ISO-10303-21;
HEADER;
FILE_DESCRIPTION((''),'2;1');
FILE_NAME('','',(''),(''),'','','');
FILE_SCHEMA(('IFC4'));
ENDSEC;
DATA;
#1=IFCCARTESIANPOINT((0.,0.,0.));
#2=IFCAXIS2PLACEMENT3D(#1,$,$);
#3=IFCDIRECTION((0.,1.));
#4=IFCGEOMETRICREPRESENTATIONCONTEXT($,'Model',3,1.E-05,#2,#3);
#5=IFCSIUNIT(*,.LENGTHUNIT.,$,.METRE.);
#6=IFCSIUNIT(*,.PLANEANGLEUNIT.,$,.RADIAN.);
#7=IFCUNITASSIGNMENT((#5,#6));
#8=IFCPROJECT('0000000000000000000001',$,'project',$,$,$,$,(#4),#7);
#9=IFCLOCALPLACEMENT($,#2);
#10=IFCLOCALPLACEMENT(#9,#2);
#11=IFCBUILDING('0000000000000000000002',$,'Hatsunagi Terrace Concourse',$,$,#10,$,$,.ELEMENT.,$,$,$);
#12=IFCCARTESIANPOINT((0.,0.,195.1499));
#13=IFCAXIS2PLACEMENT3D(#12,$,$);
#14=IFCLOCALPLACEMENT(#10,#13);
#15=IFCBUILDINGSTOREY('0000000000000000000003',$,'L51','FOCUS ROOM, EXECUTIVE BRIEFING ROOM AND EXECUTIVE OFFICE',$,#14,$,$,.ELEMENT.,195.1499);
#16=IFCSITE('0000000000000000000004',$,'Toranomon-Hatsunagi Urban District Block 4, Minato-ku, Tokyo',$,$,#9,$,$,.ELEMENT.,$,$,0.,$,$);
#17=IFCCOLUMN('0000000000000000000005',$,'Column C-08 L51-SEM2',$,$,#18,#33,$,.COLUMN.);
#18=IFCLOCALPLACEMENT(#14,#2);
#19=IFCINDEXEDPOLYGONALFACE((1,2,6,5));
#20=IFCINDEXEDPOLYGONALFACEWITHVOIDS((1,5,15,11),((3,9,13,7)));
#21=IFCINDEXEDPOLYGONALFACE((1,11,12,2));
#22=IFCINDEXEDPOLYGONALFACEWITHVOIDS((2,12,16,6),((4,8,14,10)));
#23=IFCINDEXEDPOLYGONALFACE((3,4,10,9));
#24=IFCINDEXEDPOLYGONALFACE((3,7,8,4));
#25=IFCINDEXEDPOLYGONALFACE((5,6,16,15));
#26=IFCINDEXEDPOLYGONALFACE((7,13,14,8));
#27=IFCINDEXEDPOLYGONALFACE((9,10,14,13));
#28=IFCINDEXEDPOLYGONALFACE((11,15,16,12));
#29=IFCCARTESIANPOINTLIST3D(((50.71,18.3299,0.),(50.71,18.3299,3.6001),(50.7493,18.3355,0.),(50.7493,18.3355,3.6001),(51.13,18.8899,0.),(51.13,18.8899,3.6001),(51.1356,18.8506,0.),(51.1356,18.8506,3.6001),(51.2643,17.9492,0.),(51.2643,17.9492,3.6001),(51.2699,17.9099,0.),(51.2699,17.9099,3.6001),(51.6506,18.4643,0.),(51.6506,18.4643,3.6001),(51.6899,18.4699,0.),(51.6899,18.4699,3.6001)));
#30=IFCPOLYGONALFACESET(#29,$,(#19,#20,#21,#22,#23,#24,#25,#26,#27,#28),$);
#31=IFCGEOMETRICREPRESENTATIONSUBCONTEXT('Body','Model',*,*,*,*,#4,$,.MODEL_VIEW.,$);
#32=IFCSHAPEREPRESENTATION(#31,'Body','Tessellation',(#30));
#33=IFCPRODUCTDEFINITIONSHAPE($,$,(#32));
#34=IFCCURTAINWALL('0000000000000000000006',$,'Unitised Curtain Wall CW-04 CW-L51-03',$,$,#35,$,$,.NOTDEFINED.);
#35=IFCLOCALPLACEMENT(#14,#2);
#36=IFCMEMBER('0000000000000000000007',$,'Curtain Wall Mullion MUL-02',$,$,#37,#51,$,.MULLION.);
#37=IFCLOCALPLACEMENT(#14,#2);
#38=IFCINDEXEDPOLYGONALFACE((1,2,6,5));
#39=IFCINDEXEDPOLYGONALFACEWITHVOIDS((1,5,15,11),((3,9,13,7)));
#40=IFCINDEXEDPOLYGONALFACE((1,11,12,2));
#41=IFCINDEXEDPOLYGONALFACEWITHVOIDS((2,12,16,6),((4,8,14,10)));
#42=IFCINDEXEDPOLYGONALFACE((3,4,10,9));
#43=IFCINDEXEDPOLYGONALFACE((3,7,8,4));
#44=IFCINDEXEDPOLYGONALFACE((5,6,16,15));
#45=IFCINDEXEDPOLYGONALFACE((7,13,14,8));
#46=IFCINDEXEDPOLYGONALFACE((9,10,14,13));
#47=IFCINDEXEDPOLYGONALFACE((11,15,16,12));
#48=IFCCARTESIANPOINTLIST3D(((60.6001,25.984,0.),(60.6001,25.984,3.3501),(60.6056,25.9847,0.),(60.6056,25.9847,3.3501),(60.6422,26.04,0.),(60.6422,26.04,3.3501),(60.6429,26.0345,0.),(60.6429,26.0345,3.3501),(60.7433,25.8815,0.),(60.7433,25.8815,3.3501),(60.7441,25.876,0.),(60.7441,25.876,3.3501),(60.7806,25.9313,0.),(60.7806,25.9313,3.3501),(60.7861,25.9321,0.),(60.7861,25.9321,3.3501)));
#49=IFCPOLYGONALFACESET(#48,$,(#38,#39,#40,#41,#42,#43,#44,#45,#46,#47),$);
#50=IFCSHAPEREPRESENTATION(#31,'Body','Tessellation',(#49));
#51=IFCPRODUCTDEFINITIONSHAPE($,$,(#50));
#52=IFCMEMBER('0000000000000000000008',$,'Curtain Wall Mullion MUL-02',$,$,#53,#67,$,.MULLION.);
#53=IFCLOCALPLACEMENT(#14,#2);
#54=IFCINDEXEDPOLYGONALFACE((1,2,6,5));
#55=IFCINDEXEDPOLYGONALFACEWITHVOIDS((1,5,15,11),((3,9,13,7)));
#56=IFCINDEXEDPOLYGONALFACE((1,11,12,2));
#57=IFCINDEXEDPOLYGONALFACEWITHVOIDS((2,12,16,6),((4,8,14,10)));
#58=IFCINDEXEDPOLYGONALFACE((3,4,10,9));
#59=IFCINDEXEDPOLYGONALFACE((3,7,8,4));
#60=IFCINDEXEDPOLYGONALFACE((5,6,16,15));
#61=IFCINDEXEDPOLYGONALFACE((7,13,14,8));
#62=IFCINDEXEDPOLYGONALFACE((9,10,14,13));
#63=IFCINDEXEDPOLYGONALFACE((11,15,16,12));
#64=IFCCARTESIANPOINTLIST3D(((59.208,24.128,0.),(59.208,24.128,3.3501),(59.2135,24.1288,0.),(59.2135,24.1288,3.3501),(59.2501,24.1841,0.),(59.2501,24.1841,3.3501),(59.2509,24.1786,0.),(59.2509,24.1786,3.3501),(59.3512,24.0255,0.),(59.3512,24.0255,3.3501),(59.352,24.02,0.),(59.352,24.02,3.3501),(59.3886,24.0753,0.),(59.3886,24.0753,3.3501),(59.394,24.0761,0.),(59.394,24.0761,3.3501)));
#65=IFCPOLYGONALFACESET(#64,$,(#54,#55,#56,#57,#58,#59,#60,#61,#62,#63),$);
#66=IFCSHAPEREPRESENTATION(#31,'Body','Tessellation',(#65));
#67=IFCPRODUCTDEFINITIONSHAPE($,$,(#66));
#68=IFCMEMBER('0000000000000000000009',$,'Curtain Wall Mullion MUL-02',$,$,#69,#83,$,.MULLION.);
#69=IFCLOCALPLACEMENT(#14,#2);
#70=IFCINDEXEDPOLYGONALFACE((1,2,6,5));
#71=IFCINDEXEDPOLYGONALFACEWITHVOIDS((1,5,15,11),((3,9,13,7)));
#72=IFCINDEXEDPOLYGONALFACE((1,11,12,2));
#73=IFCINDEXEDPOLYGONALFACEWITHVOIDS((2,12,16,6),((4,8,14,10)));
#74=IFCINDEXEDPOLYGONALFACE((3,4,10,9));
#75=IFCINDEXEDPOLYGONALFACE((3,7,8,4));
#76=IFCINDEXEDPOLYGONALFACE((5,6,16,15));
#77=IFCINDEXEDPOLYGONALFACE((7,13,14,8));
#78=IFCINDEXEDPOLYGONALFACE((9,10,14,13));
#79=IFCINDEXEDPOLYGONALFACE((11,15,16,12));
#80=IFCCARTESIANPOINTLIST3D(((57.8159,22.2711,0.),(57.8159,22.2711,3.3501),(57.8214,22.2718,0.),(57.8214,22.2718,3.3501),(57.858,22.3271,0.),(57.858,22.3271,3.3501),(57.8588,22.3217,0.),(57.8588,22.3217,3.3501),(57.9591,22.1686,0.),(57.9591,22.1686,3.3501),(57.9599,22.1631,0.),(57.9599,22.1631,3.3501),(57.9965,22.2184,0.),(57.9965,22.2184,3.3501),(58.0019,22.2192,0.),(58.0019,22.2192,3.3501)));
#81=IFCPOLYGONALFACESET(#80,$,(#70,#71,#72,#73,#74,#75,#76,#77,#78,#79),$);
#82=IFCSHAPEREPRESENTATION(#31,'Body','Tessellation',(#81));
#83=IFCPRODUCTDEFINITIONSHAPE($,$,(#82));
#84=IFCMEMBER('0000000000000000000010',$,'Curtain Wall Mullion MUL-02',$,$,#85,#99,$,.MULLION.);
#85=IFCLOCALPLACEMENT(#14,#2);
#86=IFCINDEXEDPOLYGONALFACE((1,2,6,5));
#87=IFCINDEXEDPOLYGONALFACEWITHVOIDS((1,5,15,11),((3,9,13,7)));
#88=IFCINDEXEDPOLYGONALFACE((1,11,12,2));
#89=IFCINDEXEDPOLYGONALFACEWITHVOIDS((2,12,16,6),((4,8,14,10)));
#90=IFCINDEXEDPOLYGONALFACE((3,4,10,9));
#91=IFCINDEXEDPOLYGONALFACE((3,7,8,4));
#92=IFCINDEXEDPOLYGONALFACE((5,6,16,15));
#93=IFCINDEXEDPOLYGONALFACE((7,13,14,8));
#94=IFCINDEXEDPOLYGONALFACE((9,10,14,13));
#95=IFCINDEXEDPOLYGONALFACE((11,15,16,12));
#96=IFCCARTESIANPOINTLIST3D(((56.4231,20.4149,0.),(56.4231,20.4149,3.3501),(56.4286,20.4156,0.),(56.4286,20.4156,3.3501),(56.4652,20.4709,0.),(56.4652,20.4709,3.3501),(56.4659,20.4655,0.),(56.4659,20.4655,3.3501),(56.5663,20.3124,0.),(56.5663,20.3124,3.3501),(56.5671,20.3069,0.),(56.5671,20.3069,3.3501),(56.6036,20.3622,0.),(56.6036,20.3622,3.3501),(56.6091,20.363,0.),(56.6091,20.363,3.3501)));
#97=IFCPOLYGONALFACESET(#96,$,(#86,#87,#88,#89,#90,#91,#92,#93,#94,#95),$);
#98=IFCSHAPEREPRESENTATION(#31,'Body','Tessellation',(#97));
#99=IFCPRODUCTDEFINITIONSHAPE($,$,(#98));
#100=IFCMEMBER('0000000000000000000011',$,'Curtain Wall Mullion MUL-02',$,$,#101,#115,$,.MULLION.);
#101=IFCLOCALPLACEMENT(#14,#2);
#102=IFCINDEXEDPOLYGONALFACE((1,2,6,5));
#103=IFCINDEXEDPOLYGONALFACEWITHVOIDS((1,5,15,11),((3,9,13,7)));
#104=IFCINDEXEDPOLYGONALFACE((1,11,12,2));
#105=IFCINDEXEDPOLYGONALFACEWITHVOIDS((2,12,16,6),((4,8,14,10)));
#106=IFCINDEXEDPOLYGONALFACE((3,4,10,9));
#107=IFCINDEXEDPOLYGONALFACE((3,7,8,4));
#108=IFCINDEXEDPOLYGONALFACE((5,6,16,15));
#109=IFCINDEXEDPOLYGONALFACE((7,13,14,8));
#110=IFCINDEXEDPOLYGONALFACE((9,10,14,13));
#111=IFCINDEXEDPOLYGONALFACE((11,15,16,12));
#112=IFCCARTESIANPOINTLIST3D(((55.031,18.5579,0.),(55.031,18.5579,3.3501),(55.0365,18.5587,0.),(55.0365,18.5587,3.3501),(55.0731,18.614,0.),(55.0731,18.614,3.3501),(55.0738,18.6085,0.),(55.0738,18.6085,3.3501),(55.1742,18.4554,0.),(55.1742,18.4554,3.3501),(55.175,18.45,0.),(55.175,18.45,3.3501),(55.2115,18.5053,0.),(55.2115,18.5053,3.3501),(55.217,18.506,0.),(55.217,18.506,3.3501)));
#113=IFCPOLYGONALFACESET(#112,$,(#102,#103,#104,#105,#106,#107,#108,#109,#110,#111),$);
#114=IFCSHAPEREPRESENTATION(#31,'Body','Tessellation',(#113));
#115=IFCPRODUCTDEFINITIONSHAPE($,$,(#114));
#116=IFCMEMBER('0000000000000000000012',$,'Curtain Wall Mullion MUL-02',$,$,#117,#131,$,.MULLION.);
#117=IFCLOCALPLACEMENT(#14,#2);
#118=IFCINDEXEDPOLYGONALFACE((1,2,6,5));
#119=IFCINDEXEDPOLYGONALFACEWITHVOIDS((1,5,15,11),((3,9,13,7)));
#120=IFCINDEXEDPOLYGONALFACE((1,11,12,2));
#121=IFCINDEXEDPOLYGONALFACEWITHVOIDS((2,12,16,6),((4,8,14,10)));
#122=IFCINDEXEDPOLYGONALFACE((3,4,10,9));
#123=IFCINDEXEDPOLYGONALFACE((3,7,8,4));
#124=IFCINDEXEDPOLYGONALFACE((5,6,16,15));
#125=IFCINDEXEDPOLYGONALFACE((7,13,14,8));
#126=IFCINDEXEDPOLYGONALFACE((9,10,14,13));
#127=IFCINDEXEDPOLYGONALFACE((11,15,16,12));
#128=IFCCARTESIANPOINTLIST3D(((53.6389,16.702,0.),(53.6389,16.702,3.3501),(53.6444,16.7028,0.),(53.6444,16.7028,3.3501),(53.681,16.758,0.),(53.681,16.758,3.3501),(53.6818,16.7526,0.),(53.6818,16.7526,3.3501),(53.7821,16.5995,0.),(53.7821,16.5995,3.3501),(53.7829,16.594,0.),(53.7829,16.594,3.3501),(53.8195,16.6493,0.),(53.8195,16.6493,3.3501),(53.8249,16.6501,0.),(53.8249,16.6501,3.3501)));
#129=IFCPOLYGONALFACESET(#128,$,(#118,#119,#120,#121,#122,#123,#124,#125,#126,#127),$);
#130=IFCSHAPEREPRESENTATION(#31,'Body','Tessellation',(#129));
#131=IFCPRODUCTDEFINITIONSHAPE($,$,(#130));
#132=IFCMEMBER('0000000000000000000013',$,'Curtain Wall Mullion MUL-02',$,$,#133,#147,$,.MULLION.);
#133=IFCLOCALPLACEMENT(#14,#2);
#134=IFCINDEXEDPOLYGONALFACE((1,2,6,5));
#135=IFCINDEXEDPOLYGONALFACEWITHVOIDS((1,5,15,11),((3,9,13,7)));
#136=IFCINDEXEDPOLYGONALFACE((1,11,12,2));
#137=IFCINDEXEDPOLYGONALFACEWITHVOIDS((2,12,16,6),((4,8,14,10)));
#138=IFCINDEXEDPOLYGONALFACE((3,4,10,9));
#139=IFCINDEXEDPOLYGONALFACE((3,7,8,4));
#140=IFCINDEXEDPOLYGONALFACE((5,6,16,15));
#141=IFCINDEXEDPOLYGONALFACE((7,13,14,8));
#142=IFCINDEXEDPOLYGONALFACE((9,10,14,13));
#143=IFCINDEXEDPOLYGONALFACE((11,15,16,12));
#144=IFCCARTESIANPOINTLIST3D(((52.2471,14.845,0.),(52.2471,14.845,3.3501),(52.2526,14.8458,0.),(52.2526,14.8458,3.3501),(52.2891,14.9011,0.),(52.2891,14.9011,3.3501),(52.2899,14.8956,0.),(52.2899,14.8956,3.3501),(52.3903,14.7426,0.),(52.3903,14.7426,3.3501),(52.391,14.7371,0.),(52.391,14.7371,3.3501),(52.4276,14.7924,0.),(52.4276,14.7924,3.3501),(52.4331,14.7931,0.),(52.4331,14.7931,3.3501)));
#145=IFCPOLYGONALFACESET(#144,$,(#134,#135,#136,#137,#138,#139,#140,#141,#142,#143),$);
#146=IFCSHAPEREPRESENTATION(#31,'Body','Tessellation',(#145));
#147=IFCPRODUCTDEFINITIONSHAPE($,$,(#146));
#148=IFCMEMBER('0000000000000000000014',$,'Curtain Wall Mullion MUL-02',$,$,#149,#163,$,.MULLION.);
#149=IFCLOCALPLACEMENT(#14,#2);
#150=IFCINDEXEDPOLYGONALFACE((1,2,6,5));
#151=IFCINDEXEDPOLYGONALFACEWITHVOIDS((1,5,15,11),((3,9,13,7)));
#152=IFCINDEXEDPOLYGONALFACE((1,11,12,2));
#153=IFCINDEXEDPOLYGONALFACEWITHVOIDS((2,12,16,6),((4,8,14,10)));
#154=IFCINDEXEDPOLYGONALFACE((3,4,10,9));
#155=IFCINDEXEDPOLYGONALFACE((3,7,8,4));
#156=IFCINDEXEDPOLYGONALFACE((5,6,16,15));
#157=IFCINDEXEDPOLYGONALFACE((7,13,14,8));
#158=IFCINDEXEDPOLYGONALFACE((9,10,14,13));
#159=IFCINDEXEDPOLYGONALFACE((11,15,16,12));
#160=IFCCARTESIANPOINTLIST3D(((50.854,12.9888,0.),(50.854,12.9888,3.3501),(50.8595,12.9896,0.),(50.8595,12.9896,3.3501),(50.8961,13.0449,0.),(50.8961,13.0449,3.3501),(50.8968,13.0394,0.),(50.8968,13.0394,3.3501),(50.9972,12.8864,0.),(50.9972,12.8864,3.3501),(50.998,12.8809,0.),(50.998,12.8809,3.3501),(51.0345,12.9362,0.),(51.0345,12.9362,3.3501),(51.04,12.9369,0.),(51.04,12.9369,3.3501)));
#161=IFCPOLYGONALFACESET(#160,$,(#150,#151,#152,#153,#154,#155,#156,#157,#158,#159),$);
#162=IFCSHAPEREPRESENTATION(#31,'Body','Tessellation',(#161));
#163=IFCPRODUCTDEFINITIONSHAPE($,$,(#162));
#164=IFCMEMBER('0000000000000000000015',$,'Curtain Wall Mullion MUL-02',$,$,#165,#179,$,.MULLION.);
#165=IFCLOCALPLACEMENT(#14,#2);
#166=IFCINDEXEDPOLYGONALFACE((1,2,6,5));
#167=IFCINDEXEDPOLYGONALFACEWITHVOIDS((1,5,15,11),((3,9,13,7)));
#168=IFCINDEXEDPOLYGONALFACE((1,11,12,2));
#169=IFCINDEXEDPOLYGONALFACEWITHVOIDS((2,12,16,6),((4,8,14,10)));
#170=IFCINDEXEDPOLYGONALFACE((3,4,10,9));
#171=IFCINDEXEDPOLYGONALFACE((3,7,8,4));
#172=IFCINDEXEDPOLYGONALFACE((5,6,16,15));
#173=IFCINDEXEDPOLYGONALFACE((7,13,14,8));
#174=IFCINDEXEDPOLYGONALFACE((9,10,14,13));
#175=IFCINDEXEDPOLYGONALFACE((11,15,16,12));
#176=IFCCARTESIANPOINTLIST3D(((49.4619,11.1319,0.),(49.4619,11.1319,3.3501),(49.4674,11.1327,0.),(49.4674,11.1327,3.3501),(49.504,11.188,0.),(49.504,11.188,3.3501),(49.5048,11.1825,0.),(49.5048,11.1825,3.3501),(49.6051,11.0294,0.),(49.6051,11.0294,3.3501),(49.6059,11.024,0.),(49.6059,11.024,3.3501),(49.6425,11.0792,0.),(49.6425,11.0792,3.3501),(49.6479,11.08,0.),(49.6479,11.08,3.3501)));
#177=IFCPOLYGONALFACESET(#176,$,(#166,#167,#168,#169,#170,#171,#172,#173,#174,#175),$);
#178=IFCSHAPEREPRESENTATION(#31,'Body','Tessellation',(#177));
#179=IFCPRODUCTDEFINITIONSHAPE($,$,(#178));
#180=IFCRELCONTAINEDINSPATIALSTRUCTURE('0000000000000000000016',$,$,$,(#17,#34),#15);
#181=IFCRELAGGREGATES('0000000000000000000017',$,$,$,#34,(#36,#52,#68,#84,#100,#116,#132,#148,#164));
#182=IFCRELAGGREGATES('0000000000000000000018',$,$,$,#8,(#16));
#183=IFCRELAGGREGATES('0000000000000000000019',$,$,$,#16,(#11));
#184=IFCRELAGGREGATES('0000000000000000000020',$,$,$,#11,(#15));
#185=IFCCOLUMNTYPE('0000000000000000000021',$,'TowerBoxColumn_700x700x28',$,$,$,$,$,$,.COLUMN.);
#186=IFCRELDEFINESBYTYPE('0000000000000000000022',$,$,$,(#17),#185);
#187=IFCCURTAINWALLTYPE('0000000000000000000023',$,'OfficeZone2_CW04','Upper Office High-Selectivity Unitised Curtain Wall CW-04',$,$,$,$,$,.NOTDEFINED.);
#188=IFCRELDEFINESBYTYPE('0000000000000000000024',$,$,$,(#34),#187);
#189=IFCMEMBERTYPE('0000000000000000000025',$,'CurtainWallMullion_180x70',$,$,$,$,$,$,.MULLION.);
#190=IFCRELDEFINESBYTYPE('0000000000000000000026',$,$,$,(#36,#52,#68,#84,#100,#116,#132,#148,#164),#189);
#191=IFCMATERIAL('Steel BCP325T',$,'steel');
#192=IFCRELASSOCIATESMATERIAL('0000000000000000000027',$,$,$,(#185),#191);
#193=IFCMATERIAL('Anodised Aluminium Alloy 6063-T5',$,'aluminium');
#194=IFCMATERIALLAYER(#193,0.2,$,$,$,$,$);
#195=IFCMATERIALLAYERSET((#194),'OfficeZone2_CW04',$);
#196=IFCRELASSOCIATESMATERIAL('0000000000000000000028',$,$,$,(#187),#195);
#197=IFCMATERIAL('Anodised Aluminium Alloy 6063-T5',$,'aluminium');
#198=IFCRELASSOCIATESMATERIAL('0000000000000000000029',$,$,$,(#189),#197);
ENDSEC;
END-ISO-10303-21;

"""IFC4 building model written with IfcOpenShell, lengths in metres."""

from ifc_helpers import new_model, si_unit, direction, frame, origin, origin_2d, place, context, subcontext, project, spatial, hollow_rectangle, extrude, material, layer, layer_set, material_profile, profile_set, type_object, element, aggregate, save


model = new_model("IFC4")

# Units and contexts
model_context = context("Model", 3, precision=1e-05, world=origin(), true_north=direction((0.0, 1.0)))
body_context = subcontext(model_context, "Body", "Model", "MODEL_VIEW")
ifc_project = project(units=[si_unit("LENGTHUNIT", "METRE"), si_unit("PLANEANGLEUNIT", "RADIAN")], contexts=[model_context])

# Site, building, storey
site_placement = place(None, origin())
site = spatial("IfcSite", under=ifc_project, at=site_placement, Name="Toranomon-Hatsunagi Urban District Block 4, Minato-ku, Tokyo", CompositionType="ELEMENT", RefElevation=0.0)
building_placement = place(site_placement, origin())
building = spatial("IfcBuilding", under=site, at=building_placement, Name="Hatsunagi Terrace Concourse", CompositionType="ELEMENT")
storey_placement = place(building_placement, frame((0.0, 0.0, 195.1499)))
storey = spatial("IfcBuildingStorey", under=building, at=storey_placement, Name="L51", Description="FOCUS ROOM, EXECUTIVE BRIEFING ROOM AND EXECUTIVE OFFICE", CompositionType="ELEMENT", Elevation=195.1499)

# Column
ifc_material_1 = material(Name="Steel BCP325T", Category="steel")
ifc_material_profile_1 = material_profile(ifc_material_1, hollow_rectangle(XDim=0.7, YDim=0.7, WallThickness=0.0281, at=origin_2d()), Name="BCP-700x700x28")
ifc_profile_set_1 = profile_set([ifc_material_profile_1], Name="Steel BCP325T")
column_type = type_object("IfcColumnType", Name="TowerBoxColumn_700x700x28", PredefinedType="COLUMN", material=ifc_profile_set_1)
column_placement = place(storey_placement, frame((51.2, 18.3999, 0.0), z_axis=(0.0, 0.0, 1.0), x_axis=(0.8, -0.6, 0.0)))
element("IfcColumn", 1, at=column_placement, inside=storey, type_object=column_type, Name="Column C-08 L51-SEM2", PredefinedType="COLUMN", context=body_context, shape_type="SweptSolid", body=[
    extrude(hollow_rectangle(XDim=0.7, YDim=0.7, WallThickness=0.0281, at=origin_2d()), origin(), (0.0, 0.0, 1.0), 3.6001),
])

# Curtain wall, members
ifc_material_2 = material(Name="Anodised Aluminium Alloy 6063-T5", Category="aluminium")
ifc_layer_1 = layer(ifc_material_2, 0.2)
ifc_layer_set_1 = layer_set([ifc_layer_1], Name="OfficeZone2_CW04")
curtain_wall_type = type_object("IfcCurtainWallType", Name="OfficeZone2_CW04", Description="Upper Office High-Selectivity Unitised Curtain Wall CW-04", PredefinedType="NOTDEFINED", material=ifc_layer_set_1)
curtain_wall_placement = place(storey_placement, origin())
curtain_wall = element("IfcCurtainWall", 2, at=curtain_wall_placement, inside=storey, type_object=curtain_wall_type, Name="Unitised Curtain Wall CW-04 CW-L51-03", PredefinedType="NOTDEFINED")
ifc_material_3 = material(Name="Anodised Aluminium Alloy 6063-T5", Category="aluminium")
ifc_material_profile_2 = material_profile(ifc_material_3, hollow_rectangle(XDim=0.0701, YDim=0.1799, WallThickness=0.0039, at=origin_2d()), Name="ALU-MUL-180x70x4")
ifc_profile_set_2 = profile_set([ifc_material_profile_2], Name="Anodised Aluminium Alloy 6063-T5")
member_type_1 = type_object("IfcMemberType", Name="CurtainWallMullion_180x70", PredefinedType="MULLION", material=ifc_profile_set_2)
member_1_placement = place(storey_placement, frame((60.6931, 25.958, 0.0), z_axis=(0.0, 0.0, 1.0), x_axis=(-0.599969, -0.800023, 0.0)))
member_1 = element("IfcMember", 3, at=member_1_placement, type_object=member_type_1, Name="Curtain Wall Mullion MUL-02", PredefinedType="MULLION", context=body_context, shape_type="SweptSolid", body=[
    extrude(hollow_rectangle(XDim=0.0701, YDim=0.1799, WallThickness=0.0039, at=origin_2d()), origin(), (0.0, 0.0, 1.0), 3.3501),
])
member_2_placement = place(storey_placement, frame((59.301, 24.1021, 0.0), z_axis=(0.0, 0.0, 1.0), x_axis=(-0.599969, -0.800023, 0.0)))
member_2 = element("IfcMember", 4, at=member_2_placement, type_object=member_type_1, Name="Curtain Wall Mullion MUL-02", PredefinedType="MULLION", context=body_context, shape_type="SweptSolid", body=[
    extrude(hollow_rectangle(XDim=0.0701, YDim=0.1799, WallThickness=0.0039, at=origin_2d()), origin(), (0.0, 0.0, 1.0), 3.3501),
])
member_3_placement = place(storey_placement, frame((57.9089, 22.2451, 0.0), z_axis=(0.0, 0.0, 1.0), x_axis=(-0.599969, -0.800023, 0.0)))
member_3 = element("IfcMember", 5, at=member_3_placement, type_object=member_type_1, Name="Curtain Wall Mullion MUL-02", PredefinedType="MULLION", context=body_context, shape_type="SweptSolid", body=[
    extrude(hollow_rectangle(XDim=0.0701, YDim=0.1799, WallThickness=0.0039, at=origin_2d()), origin(), (0.0, 0.0, 1.0), 3.3501),
])
member_4_placement = place(storey_placement, frame((56.5161, 20.3889, 0.0), z_axis=(0.0, 0.0, 1.0), x_axis=(-0.599969, -0.800023, 0.0)))
member_4 = element("IfcMember", 6, at=member_4_placement, type_object=member_type_1, Name="Curtain Wall Mullion MUL-02", PredefinedType="MULLION", context=body_context, shape_type="SweptSolid", body=[
    extrude(hollow_rectangle(XDim=0.0701, YDim=0.1799, WallThickness=0.0039, at=origin_2d()), origin(), (0.0, 0.0, 1.0), 3.3501),
])
member_5_placement = place(storey_placement, frame((55.124, 18.532, 0.0), z_axis=(0.0, 0.0, 1.0), x_axis=(-0.599969, -0.800023, 0.0)))
member_5 = element("IfcMember", 7, at=member_5_placement, type_object=member_type_1, Name="Curtain Wall Mullion MUL-02", PredefinedType="MULLION", context=body_context, shape_type="SweptSolid", body=[
    extrude(hollow_rectangle(XDim=0.0701, YDim=0.1799, WallThickness=0.0039, at=origin_2d()), origin(), (0.0, 0.0, 1.0), 3.3501),
])
member_6_placement = place(storey_placement, frame((53.7319, 16.676, 0.0), z_axis=(0.0, 0.0, 1.0), x_axis=(-0.599969, -0.800023, 0.0)))
member_6 = element("IfcMember", 8, at=member_6_placement, type_object=member_type_1, Name="Curtain Wall Mullion MUL-02", PredefinedType="MULLION", context=body_context, shape_type="SweptSolid", body=[
    extrude(hollow_rectangle(XDim=0.0701, YDim=0.1799, WallThickness=0.0039, at=origin_2d()), origin(), (0.0, 0.0, 1.0), 3.3501),
])
member_7_placement = place(storey_placement, frame((52.3401, 14.8191, 0.0), z_axis=(0.0, 0.0, 1.0), x_axis=(-0.599969, -0.800023, 0.0)))
member_7 = element("IfcMember", 9, at=member_7_placement, type_object=member_type_1, Name="Curtain Wall Mullion MUL-02", PredefinedType="MULLION", context=body_context, shape_type="SweptSolid", body=[
    extrude(hollow_rectangle(XDim=0.0701, YDim=0.1799, WallThickness=0.0039, at=origin_2d()), origin(), (0.0, 0.0, 1.0), 3.3501),
])
member_8_placement = place(storey_placement, frame((50.947, 12.9629, 0.0), z_axis=(0.0, 0.0, 1.0), x_axis=(-0.599969, -0.800023, 0.0)))
member_8 = element("IfcMember", 10, at=member_8_placement, type_object=member_type_1, Name="Curtain Wall Mullion MUL-02", PredefinedType="MULLION", context=body_context, shape_type="SweptSolid", body=[
    extrude(hollow_rectangle(XDim=0.0701, YDim=0.1799, WallThickness=0.0039, at=origin_2d()), origin(), (0.0, 0.0, 1.0), 3.3501),
])
member_9_placement = place(storey_placement, frame((49.5549, 11.106, 0.0), z_axis=(0.0, 0.0, 1.0), x_axis=(-0.599969, -0.800023, 0.0)))
member_9 = element("IfcMember", 11, at=member_9_placement, type_object=member_type_1, Name="Curtain Wall Mullion MUL-02", PredefinedType="MULLION", context=body_context, shape_type="SweptSolid", body=[
    extrude(hollow_rectangle(XDim=0.0701, YDim=0.1799, WallThickness=0.0039, at=origin_2d()), origin(), (0.0, 0.0, 1.0), 3.3501),
])

aggregate(curtain_wall, [member_1, member_2, member_3, member_4, member_5, member_6, member_7, member_8, member_9])

save(model, "model.ifc")
